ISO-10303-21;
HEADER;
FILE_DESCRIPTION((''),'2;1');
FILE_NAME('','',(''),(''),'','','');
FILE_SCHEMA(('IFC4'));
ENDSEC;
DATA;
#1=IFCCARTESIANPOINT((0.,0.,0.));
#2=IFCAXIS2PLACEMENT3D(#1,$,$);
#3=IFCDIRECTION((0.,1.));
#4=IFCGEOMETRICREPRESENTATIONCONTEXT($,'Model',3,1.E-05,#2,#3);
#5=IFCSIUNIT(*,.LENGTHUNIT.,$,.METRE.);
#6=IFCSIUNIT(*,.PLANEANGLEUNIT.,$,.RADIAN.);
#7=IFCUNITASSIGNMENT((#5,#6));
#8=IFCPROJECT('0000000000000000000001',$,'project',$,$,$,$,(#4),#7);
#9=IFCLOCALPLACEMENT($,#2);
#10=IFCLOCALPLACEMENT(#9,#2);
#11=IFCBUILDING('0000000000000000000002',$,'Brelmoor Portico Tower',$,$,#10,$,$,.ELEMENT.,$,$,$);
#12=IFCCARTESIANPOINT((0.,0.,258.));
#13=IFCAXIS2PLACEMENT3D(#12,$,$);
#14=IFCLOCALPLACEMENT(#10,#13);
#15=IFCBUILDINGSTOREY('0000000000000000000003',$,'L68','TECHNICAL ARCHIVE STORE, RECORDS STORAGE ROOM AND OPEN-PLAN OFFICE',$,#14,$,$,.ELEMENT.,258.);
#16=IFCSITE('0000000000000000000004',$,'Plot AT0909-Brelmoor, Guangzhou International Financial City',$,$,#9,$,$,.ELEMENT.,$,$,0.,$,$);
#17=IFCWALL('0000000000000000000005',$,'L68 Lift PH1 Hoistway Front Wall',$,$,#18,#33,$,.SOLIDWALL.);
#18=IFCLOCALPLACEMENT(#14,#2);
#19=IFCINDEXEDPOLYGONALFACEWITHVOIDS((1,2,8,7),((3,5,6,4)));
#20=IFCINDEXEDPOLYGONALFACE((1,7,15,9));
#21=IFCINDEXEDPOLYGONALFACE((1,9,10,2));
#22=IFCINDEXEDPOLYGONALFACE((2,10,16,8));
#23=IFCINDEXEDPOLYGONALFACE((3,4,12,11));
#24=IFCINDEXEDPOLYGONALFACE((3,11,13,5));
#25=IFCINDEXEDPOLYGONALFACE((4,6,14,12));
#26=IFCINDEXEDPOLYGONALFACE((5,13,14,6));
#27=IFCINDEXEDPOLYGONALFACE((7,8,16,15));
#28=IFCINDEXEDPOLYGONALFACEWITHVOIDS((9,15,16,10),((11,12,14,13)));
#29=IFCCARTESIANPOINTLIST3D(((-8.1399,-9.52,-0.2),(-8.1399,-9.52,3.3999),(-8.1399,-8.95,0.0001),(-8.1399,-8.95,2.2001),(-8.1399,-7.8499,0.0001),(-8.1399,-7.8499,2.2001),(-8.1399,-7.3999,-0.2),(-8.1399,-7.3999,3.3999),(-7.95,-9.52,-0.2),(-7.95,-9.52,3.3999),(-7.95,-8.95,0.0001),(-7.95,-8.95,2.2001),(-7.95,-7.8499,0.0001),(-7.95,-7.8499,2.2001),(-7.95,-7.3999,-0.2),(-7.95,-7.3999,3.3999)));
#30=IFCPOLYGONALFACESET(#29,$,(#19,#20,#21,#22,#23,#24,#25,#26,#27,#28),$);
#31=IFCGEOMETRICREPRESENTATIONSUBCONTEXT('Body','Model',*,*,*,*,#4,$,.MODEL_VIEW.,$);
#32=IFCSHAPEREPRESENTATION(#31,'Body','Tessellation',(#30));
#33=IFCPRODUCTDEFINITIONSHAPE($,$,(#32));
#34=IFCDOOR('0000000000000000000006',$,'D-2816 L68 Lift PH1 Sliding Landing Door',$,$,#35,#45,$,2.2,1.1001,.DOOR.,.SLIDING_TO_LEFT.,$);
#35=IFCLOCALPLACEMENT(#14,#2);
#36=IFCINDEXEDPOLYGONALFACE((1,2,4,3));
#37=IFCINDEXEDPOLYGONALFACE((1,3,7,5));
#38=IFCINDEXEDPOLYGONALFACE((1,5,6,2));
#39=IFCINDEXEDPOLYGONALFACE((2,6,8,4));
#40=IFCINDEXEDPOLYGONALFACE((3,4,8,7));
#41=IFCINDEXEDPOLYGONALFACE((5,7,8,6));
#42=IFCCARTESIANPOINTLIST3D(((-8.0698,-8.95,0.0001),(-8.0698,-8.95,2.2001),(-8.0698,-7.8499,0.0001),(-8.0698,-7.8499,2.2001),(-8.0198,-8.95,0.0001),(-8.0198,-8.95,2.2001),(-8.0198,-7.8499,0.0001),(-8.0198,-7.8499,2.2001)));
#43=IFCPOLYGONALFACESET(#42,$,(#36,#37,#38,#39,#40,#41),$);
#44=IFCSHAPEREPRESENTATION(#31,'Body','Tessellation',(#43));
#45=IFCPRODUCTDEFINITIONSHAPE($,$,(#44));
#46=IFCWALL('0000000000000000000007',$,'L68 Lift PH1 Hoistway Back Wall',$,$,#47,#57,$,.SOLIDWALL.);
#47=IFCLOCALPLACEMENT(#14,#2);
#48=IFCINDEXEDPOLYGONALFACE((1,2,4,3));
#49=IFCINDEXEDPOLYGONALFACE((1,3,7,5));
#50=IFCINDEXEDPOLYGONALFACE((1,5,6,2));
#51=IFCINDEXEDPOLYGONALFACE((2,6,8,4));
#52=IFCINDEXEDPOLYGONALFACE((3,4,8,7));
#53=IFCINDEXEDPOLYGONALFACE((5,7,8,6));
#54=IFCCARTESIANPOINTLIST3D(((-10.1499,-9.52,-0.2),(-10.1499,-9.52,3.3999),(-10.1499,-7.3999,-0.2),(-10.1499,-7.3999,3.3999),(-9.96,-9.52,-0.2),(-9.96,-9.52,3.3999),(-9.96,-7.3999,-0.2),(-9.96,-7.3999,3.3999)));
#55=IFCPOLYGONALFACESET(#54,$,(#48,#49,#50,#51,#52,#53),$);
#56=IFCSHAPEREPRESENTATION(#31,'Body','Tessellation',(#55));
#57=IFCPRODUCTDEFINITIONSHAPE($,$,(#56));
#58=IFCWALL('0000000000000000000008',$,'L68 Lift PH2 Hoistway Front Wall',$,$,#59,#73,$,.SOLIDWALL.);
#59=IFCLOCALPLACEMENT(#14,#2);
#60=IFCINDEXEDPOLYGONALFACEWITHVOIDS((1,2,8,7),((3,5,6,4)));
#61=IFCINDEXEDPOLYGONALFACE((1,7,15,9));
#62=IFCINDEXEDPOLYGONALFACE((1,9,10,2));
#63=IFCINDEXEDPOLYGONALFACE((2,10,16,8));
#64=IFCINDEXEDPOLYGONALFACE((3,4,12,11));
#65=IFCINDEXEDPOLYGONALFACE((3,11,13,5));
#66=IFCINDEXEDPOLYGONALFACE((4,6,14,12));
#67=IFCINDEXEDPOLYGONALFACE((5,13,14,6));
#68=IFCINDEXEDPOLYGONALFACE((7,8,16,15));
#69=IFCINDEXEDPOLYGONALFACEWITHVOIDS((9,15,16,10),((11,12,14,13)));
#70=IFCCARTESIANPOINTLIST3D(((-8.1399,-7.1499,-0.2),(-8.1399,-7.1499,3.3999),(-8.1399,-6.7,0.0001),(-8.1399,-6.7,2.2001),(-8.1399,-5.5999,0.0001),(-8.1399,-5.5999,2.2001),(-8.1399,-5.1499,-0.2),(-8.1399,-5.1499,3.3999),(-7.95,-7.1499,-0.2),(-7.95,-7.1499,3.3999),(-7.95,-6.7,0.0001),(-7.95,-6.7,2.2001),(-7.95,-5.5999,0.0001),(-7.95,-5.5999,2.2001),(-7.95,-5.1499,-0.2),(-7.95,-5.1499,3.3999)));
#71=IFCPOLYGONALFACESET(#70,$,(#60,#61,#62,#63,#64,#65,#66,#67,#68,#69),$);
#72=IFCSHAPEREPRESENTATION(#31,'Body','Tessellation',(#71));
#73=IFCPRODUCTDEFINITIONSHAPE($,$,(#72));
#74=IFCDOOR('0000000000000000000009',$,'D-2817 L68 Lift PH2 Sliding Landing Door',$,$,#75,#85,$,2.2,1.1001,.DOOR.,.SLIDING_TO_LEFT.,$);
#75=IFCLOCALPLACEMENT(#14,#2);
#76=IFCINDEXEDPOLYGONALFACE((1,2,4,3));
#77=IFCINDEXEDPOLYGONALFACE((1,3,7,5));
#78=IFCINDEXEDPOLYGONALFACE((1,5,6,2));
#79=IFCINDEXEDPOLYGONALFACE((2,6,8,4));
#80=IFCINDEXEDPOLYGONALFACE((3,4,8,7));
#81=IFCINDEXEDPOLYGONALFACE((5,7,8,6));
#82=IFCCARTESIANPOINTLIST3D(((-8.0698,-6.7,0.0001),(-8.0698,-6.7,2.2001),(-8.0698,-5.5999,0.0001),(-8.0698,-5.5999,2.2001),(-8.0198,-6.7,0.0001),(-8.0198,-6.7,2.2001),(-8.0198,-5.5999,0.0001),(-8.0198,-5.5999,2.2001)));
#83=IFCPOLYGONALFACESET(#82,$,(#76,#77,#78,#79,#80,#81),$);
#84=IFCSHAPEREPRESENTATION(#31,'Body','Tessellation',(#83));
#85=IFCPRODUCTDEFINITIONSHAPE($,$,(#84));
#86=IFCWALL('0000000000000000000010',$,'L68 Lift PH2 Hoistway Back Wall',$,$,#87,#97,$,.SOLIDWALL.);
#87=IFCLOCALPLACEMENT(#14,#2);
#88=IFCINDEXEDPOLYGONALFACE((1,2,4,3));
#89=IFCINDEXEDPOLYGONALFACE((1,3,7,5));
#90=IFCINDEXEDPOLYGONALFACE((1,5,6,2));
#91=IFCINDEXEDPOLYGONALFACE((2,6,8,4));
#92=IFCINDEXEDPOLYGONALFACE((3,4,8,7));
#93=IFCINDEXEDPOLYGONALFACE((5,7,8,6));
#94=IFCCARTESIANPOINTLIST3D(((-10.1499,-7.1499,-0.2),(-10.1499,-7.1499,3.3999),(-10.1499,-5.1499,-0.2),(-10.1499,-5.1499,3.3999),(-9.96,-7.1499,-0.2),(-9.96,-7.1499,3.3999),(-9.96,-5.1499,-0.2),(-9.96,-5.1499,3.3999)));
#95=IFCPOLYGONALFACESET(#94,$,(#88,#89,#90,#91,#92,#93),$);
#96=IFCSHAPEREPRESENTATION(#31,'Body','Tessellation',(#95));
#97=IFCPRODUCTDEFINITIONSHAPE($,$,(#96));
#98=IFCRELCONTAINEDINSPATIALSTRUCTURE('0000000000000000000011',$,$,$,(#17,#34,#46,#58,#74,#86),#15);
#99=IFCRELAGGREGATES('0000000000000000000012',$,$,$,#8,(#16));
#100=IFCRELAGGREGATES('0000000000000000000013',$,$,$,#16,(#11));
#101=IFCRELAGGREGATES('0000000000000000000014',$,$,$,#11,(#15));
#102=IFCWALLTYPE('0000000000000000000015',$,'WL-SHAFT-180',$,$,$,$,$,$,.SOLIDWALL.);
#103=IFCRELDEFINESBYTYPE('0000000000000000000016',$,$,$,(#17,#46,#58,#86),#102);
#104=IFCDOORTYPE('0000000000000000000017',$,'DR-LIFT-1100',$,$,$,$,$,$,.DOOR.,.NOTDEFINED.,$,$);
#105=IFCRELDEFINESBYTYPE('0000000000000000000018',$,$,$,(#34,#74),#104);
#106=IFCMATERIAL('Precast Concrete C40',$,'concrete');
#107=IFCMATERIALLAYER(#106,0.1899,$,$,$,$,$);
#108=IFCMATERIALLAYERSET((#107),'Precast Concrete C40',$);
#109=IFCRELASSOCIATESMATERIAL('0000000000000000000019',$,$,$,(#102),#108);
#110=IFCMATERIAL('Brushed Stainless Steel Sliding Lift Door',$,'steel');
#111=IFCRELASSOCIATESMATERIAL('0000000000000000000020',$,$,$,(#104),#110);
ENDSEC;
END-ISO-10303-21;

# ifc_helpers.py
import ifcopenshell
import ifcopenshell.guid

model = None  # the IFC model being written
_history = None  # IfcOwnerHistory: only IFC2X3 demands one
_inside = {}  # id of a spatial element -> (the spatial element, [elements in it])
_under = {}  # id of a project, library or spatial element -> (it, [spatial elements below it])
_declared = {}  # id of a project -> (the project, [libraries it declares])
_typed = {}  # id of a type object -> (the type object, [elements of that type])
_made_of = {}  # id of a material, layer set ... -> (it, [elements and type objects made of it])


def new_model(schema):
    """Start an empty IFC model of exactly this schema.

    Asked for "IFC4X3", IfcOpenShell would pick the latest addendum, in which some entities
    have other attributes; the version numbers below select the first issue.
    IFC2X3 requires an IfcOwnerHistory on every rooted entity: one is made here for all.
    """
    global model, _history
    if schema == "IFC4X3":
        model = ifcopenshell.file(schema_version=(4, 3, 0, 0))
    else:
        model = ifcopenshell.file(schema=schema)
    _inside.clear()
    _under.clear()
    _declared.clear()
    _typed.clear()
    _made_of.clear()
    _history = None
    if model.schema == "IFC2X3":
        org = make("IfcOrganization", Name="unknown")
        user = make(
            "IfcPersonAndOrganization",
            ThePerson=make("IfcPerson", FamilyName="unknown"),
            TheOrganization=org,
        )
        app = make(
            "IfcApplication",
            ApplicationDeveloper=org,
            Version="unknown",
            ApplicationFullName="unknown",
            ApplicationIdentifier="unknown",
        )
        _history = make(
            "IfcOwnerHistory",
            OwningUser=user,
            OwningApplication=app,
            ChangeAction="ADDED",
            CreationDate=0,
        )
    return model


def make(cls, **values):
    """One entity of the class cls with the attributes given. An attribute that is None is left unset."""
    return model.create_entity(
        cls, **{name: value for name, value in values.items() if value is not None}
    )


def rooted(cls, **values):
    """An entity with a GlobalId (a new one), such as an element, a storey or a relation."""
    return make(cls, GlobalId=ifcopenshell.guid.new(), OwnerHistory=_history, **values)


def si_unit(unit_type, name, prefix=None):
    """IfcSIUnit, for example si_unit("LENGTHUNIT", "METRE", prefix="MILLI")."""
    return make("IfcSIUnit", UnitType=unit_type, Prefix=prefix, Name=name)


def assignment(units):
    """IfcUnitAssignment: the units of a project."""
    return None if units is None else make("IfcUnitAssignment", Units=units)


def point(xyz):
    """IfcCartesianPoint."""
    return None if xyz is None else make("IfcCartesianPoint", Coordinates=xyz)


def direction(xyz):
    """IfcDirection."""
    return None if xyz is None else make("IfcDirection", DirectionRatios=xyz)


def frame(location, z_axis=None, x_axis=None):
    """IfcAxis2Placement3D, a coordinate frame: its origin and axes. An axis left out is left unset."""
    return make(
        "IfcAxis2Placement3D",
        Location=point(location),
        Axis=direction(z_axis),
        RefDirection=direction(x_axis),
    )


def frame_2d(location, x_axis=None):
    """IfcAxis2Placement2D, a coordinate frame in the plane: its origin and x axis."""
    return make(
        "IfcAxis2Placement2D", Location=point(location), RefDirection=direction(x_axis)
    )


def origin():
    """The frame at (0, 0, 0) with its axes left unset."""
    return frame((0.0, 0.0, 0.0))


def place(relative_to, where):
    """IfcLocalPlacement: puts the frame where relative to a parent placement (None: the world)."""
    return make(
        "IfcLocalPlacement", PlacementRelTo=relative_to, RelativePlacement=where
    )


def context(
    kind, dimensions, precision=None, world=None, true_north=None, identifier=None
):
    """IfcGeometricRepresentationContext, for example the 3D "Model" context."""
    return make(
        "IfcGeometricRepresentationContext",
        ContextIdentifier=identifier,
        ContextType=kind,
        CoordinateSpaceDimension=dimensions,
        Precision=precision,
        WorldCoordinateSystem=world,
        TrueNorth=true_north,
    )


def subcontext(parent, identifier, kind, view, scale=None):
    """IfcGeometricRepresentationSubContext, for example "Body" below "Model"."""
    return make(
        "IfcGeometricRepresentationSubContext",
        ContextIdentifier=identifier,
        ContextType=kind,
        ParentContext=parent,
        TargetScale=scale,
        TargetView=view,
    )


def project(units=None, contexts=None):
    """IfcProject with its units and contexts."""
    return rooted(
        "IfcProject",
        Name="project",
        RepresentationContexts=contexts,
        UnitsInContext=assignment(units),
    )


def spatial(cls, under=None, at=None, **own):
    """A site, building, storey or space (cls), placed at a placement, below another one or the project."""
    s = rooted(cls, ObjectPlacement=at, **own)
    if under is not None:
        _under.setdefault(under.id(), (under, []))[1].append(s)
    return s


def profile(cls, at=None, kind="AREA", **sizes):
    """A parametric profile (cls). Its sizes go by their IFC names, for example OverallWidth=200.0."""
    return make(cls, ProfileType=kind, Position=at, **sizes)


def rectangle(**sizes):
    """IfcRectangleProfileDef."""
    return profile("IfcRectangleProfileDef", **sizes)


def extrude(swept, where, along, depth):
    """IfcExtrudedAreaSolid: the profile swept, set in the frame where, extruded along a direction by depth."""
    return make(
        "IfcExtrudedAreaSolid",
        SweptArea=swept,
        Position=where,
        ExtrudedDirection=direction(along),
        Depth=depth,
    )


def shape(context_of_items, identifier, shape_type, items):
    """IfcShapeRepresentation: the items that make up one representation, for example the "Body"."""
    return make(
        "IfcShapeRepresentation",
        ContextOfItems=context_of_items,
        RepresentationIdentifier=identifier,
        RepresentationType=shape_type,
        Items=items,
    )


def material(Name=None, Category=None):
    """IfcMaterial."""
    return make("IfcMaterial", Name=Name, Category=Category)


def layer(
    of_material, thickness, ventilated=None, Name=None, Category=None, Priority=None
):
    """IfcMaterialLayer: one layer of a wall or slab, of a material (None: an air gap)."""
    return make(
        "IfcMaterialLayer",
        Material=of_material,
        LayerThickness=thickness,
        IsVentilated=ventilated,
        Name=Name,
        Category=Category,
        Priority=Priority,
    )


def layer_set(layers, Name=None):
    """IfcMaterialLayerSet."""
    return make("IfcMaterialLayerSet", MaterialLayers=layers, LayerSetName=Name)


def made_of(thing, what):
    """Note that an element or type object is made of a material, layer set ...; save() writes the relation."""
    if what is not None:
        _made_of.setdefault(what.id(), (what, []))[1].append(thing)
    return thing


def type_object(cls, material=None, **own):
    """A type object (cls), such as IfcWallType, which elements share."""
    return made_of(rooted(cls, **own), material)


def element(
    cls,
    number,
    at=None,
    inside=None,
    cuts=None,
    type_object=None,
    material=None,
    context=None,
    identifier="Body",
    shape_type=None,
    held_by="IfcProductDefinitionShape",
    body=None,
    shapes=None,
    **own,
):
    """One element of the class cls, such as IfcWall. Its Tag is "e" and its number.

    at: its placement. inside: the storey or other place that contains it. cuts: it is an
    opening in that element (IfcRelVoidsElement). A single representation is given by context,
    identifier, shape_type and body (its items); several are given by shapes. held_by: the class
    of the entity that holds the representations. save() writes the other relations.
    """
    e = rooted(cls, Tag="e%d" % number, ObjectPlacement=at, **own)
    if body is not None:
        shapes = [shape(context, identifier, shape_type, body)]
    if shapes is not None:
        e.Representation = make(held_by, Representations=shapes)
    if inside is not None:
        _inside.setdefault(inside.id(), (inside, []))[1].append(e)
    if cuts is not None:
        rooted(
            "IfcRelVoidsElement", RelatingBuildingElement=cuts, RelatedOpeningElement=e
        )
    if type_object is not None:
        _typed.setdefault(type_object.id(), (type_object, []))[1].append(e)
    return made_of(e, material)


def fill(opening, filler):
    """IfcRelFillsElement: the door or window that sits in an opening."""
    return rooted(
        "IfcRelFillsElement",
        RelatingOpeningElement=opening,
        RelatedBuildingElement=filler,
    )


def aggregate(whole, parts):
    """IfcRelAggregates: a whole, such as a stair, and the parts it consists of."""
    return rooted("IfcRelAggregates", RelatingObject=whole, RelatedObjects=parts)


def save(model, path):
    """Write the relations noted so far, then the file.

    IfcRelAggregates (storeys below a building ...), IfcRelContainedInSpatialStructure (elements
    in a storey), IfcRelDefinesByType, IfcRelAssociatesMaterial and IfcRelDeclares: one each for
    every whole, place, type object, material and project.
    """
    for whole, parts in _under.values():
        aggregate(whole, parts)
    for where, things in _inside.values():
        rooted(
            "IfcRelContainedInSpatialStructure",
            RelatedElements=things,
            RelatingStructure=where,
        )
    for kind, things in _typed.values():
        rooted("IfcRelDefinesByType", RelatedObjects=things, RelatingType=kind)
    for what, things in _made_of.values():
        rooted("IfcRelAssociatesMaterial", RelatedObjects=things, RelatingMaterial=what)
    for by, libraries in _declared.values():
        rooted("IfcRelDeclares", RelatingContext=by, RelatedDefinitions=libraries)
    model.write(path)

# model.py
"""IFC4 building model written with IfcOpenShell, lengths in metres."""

from ifc_helpers import new_model, si_unit, direction, frame, frame_2d, origin, place, context, subcontext, project, spatial, rectangle, extrude, material, layer, layer_set, type_object, element, fill, save


model = new_model("IFC4")

# Units and contexts
model_context = context("Model", 3, precision=1e-05, world=origin(), true_north=direction((0.0, 1.0)))
body_context = subcontext(model_context, "Body", "Model", "MODEL_VIEW")
ifc_project = project(units=[si_unit("LENGTHUNIT", "METRE"), si_unit("PLANEANGLEUNIT", "RADIAN")], contexts=[model_context])

# Site, building, storey
site_placement = place(None, origin())
site = spatial("IfcSite", under=ifc_project, at=site_placement, Name="Plot AT0909-Brelmoor, Guangzhou International Financial City", CompositionType="ELEMENT", RefElevation=0.0)
building_placement = place(site_placement, origin())
building = spatial("IfcBuilding", under=site, at=building_placement, Name="Brelmoor Portico Tower", CompositionType="ELEMENT")
storey_placement = place(building_placement, frame((0.0, 0.0, 258.0)))
storey = spatial("IfcBuildingStorey", under=building, at=storey_placement, Name="L68", Description="TECHNICAL ARCHIVE STORE, RECORDS STORAGE ROOM AND OPEN-PLAN OFFICE", CompositionType="ELEMENT", Elevation=258.0)

# Wall, opening, door
ifc_material_1 = material(Name="Precast Concrete C40", Category="concrete")
ifc_layer_1 = layer(ifc_material_1, 0.1899)
ifc_layer_set_1 = layer_set([ifc_layer_1], Name="Precast Concrete C40")
wall_type_1 = type_object("IfcWallType", Name="WL-SHAFT-180", PredefinedType="SOLIDWALL", material=ifc_layer_set_1)
wall_1_placement = place(storey_placement, frame((-8.0449, -9.52, -0.2), z_axis=(0.0, 0.0, 1.0), x_axis=(0.0, 1.0, 0.0)))
wall_1 = element("IfcWall", 1, at=wall_1_placement, inside=storey, type_object=wall_type_1, Name="L68 Lift PH1 Hoistway Front Wall", PredefinedType="SOLIDWALL", context=body_context, shape_type="SweptSolid", body=[
    extrude(rectangle(XDim=2.1201, YDim=0.1899, at=frame_2d((1.0601, 0.0))), origin(), (0.0, 0.0, 1.0), 3.5999),
])
opening_1_placement = place(wall_1_placement, frame((0.5701, 0.0, 0.2)))
opening_1 = element("IfcOpeningElement", 2, at=opening_1_placement, cuts=wall_1, PredefinedType="OPENING", context=body_context, shape_type="SweptSolid", body=[
    extrude(rectangle(XDim=1.1001, YDim=2.2, at=frame_2d((0.55, 1.1001))), frame((0.0, 0.105, 0.0), z_axis=(0.0, -1.0, 0.0), x_axis=(1.0, 0.0, 0.0)), (0.0, 0.0, 1.0), 0.21),
])
ifc_material_2 = material(Name="Brushed Stainless Steel Sliding Lift Door", Category="steel")
door_type_1 = type_object("IfcDoorType", Name="DR-LIFT-1100", OperationType="NOTDEFINED", PredefinedType="DOOR", material=ifc_material_2)
door_1_placement = place(opening_1_placement, origin())
door_1 = element("IfcDoor", 3, at=door_1_placement, inside=storey, type_object=door_type_1, Name="D-2816 L68 Lift PH1 Sliding Landing Door", OperationType="SLIDING_TO_LEFT", OverallHeight=2.2, OverallWidth=1.1001, PredefinedType="DOOR", context=body_context, shape_type="SweptSolid", body=[
    extrude(rectangle(XDim=1.1001, YDim=2.2, at=frame_2d((0.55, 1.1001))), frame((0.0, 0.0249, 0.0), z_axis=(0.0, -1.0, 0.0), x_axis=(1.0, 0.0, 0.0)), (0.0, 0.0, 1.0), 0.05),
])
fill(opening_1, door_1)

# Wall
wall_2_placement = place(storey_placement, frame((-10.0549, -9.52, -0.2), z_axis=(0.0, 0.0, 1.0), x_axis=(0.0, 1.0, 0.0)))
element("IfcWall", 4, at=wall_2_placement, inside=storey, type_object=wall_type_1, Name="L68 Lift PH1 Hoistway Back Wall", PredefinedType="SOLIDWALL", context=body_context, shape_type="SweptSolid", body=[
    extrude(rectangle(XDim=2.1201, YDim=0.1899, at=frame_2d((1.0601, 0.0))), origin(), (0.0, 0.0, 1.0), 3.5999),
])

# Wall, opening, door
wall_3_placement = place(storey_placement, frame((-8.0449, -7.1499, -0.2), z_axis=(0.0, 0.0, 1.0), x_axis=(0.0, 1.0, 0.0)))
wall_3 = element("IfcWall", 5, at=wall_3_placement, inside=storey, type_object=wall_type_1, Name="L68 Lift PH2 Hoistway Front Wall", PredefinedType="SOLIDWALL", context=body_context, shape_type="SweptSolid", body=[
    extrude(rectangle(XDim=2.0, YDim=0.1899, at=frame_2d((1.0, 0.0))), origin(), (0.0, 0.0, 1.0), 3.5999),
])
opening_2_placement = place(wall_3_placement, frame((0.45, 0.0, 0.2)))
opening_2 = element("IfcOpeningElement", 6, at=opening_2_placement, cuts=wall_3, PredefinedType="OPENING", context=body_context, shape_type="SweptSolid", body=[
    extrude(rectangle(XDim=1.1001, YDim=2.2, at=frame_2d((0.55, 1.1001))), frame((0.0, 0.105, 0.0), z_axis=(0.0, -1.0, 0.0), x_axis=(1.0, 0.0, 0.0)), (0.0, 0.0, 1.0), 0.21),
])
door_2_placement = place(opening_2_placement, origin())
door_2 = element("IfcDoor", 7, at=door_2_placement, inside=storey, type_object=door_type_1, Name="D-2817 L68 Lift PH2 Sliding Landing Door", OperationType="SLIDING_TO_LEFT", OverallHeight=2.2, OverallWidth=1.1001, PredefinedType="DOOR", context=body_context, shape_type="SweptSolid", body=[
    extrude(rectangle(XDim=1.1001, YDim=2.2, at=frame_2d((0.55, 1.1001))), frame((0.0, 0.0249, 0.0), z_axis=(0.0, -1.0, 0.0), x_axis=(1.0, 0.0, 0.0)), (0.0, 0.0, 1.0), 0.05),
])
fill(opening_2, door_2)

# Wall
wall_4_placement = place(storey_placement, frame((-10.0549, -7.1499, -0.2), z_axis=(0.0, 0.0, 1.0), x_axis=(0.0, 1.0, 0.0)))
element("IfcWall", 8, at=wall_4_placement, inside=storey, type_object=wall_type_1, Name="L68 Lift PH2 Hoistway Back Wall", PredefinedType="SOLIDWALL", context=body_context, shape_type="SweptSolid", body=[
    extrude(rectangle(XDim=2.0, YDim=0.1899, at=frame_2d((1.0, 0.0))), origin(), (0.0, 0.0, 1.0), 3.5999),
])

save(model, "model.ifc")
